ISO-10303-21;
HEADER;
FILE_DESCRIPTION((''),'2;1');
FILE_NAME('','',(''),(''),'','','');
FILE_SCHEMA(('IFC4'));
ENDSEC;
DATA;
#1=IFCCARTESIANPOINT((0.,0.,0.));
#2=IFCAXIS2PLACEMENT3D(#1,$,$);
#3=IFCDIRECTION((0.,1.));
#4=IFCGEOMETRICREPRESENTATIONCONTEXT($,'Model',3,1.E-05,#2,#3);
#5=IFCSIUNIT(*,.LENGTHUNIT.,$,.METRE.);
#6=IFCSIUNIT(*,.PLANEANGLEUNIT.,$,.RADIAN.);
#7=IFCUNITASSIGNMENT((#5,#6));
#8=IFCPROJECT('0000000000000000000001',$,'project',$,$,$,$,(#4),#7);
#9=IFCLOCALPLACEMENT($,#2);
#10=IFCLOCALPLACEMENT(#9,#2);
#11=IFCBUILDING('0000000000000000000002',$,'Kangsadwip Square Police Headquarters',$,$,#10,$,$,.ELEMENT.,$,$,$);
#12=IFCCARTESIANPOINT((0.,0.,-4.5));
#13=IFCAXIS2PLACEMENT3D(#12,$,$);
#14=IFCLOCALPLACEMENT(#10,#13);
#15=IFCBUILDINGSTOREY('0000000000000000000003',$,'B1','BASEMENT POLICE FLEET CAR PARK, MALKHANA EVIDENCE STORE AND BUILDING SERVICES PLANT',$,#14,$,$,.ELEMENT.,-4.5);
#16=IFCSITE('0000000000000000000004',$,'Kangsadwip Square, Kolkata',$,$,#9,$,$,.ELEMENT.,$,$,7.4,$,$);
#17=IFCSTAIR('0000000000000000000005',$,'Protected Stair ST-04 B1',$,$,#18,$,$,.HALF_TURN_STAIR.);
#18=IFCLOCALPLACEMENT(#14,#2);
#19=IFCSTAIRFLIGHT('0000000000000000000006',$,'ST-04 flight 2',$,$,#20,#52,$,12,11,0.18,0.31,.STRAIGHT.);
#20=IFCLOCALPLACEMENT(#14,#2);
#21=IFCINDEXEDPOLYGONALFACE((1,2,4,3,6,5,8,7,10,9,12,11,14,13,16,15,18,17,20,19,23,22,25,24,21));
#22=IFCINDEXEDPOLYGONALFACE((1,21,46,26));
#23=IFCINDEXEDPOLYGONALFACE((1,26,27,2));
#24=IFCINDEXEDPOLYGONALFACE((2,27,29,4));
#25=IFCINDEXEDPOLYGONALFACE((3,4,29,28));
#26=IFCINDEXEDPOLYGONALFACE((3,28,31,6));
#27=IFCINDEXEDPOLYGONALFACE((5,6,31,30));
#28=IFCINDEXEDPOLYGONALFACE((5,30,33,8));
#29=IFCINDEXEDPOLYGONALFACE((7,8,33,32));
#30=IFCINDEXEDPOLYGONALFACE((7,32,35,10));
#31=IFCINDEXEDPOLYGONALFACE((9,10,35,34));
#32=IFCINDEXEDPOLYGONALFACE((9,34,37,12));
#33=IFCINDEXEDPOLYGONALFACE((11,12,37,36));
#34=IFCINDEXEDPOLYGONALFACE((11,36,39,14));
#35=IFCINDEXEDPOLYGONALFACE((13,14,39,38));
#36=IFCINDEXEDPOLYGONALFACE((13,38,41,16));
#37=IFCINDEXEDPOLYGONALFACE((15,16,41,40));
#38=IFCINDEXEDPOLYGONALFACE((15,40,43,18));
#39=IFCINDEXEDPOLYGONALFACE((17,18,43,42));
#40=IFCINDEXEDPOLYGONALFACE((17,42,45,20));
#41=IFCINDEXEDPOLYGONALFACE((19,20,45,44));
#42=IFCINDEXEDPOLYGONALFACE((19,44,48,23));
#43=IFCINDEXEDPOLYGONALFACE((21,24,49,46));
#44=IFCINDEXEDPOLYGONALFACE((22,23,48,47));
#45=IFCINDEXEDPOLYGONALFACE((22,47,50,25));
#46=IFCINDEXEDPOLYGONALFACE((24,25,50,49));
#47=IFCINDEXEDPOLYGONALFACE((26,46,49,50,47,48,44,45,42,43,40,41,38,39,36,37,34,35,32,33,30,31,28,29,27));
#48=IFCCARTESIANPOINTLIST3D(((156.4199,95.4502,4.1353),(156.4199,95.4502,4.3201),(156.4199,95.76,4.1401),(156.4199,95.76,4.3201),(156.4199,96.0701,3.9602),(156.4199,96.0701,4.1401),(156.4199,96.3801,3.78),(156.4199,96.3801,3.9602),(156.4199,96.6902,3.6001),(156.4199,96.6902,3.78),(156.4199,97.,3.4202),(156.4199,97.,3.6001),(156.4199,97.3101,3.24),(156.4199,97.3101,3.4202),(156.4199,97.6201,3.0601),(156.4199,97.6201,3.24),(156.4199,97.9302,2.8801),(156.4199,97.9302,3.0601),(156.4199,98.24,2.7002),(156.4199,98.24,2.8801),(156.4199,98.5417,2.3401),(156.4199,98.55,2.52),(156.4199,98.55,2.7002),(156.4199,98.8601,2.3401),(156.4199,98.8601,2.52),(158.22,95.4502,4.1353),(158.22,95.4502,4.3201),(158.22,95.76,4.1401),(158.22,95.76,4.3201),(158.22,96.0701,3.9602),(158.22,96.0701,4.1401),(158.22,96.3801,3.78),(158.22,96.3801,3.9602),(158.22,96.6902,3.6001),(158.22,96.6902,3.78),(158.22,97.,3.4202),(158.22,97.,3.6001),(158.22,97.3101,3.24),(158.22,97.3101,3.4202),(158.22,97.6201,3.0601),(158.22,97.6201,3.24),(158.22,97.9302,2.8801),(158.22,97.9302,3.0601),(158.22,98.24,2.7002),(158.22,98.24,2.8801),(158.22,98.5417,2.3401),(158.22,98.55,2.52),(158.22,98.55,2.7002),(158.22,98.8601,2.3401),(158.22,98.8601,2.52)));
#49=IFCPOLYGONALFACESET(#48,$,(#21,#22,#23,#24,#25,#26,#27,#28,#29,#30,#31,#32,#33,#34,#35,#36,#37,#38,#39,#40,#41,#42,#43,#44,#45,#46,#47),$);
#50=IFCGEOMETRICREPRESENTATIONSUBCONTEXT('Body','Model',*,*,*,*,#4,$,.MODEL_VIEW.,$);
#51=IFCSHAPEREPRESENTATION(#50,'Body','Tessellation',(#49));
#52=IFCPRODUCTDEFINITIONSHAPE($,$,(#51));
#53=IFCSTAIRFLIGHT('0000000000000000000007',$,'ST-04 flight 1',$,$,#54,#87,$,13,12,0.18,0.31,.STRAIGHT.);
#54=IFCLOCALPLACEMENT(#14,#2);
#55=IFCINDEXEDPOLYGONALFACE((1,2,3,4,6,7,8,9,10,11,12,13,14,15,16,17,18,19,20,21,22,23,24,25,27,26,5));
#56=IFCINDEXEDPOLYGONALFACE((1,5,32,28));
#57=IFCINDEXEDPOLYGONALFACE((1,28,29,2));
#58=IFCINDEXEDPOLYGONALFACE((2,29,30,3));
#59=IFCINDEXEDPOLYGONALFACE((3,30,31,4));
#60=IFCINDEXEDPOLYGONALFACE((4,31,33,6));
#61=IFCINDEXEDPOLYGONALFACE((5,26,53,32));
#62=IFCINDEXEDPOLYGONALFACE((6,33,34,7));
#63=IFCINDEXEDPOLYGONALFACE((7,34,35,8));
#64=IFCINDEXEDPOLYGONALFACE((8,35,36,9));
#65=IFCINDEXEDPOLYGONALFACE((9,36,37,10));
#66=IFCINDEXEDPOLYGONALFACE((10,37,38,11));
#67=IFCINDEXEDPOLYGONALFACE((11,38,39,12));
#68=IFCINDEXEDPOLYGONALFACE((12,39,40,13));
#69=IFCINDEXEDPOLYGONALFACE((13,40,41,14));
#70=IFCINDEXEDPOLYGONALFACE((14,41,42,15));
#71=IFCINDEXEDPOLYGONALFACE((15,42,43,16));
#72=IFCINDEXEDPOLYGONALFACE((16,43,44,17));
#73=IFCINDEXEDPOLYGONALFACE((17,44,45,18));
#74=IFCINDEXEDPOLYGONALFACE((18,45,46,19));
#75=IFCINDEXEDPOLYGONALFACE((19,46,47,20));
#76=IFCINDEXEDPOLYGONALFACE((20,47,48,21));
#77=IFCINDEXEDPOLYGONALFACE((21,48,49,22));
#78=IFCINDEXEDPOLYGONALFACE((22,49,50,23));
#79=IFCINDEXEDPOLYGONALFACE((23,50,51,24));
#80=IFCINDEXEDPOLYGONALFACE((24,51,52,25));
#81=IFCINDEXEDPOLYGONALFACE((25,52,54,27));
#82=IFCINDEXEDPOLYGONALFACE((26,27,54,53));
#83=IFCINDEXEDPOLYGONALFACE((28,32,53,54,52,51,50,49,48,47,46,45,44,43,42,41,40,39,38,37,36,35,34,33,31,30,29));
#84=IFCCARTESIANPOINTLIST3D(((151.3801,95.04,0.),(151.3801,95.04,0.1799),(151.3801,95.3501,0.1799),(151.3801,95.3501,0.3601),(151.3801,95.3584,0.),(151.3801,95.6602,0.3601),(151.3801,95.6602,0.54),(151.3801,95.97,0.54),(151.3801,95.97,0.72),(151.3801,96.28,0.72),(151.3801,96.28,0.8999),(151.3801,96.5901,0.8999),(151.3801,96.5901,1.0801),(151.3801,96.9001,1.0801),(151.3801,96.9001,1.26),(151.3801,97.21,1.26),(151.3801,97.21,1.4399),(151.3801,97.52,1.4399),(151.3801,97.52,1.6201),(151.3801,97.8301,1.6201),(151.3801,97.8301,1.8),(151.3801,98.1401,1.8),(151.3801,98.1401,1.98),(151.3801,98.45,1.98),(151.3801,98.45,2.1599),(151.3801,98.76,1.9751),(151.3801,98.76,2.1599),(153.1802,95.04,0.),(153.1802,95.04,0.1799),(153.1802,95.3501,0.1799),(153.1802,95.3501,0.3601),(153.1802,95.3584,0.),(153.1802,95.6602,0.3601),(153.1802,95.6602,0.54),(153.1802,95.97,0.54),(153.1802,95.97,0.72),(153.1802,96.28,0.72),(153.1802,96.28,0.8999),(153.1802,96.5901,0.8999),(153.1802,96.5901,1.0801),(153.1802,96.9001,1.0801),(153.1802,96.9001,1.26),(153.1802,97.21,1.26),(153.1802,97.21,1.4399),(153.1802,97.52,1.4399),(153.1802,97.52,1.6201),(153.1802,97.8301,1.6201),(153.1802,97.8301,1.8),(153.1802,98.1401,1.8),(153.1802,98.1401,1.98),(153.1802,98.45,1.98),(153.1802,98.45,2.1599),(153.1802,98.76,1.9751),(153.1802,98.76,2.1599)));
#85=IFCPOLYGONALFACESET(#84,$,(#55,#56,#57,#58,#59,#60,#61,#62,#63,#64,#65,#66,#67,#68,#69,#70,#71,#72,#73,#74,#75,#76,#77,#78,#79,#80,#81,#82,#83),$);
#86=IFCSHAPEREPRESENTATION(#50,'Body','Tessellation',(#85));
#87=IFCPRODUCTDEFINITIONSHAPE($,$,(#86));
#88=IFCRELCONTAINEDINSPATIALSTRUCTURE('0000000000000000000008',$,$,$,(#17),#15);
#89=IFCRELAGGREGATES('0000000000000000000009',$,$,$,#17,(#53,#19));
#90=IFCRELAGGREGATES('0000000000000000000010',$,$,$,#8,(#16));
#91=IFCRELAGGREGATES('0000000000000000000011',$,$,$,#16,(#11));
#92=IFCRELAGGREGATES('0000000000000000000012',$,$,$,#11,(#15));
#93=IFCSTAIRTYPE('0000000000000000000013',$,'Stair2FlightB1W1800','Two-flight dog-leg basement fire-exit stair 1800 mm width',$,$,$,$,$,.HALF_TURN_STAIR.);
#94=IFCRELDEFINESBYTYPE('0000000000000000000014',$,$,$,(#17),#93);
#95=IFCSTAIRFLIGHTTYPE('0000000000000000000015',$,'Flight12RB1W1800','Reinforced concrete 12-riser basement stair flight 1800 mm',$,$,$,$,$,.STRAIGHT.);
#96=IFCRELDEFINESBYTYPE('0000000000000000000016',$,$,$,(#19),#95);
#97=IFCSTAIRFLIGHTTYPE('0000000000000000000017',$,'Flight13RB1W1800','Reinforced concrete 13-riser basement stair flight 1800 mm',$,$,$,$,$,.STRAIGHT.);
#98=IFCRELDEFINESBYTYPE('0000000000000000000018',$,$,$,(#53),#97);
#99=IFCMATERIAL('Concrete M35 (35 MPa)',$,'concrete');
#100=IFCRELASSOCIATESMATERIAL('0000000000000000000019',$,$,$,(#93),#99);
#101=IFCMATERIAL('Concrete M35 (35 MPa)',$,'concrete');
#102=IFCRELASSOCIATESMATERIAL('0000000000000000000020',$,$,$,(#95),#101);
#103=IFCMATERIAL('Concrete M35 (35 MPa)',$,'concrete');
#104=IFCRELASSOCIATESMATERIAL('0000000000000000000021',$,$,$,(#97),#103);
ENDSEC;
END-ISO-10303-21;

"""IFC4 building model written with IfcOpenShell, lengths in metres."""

from ifc_helpers import new_model, si_unit, direction, frame, origin, place, context, subcontext, project, spatial, polyline, outline, extrude, material, type_object, element, aggregate, save


model = new_model("IFC4")

# Units and contexts
model_context = context("Model", 3, precision=1e-05, world=origin(), true_north=direction((0.0, 1.0)))
body_context = subcontext(model_context, "Body", "Model", "MODEL_VIEW")
ifc_project = project(units=[si_unit("LENGTHUNIT", "METRE"), si_unit("PLANEANGLEUNIT", "RADIAN")], contexts=[model_context])

# Site, building, storey
site_placement = place(None, origin())
site = spatial("IfcSite", under=ifc_project, at=site_placement, Name="Kangsadwip Square, Kolkata", CompositionType="ELEMENT", RefElevation=7.4)
building_placement = place(site_placement, origin())
building = spatial("IfcBuilding", under=site, at=building_placement, Name="Kangsadwip Square Police Headquarters", CompositionType="ELEMENT")
storey_placement = place(building_placement, frame((0.0, 0.0, -4.5)))
storey = spatial("IfcBuildingStorey", under=building, at=storey_placement, Name="B1", Description="BASEMENT POLICE FLEET CAR PARK, MALKHANA EVIDENCE STORE AND BUILDING SERVICES PLANT", CompositionType="ELEMENT", Elevation=-4.5)

# Stair, stair flights
ifc_material_1 = material(Name="Concrete M35 (35 MPa)", Category="concrete")
stair_type = type_object("IfcStairType", Name="Stair2FlightB1W1800", Description="Two-flight dog-leg basement fire-exit stair 1800 mm width", PredefinedType="HALF_TURN_STAIR", material=ifc_material_1)
stair_placement = place(storey_placement, origin())
stair = element("IfcStair", 1, at=stair_placement, inside=storey, type_object=stair_type, Name="Protected Stair ST-04 B1", PredefinedType="HALF_TURN_STAIR")
ifc_material_2 = material(Name="Concrete M35 (35 MPa)", Category="concrete")
stair_flight_type_1 = type_object("IfcStairFlightType", Name="Flight12RB1W1800", Description="Reinforced concrete 12-riser basement stair flight 1800 mm", PredefinedType="STRAIGHT", material=ifc_material_2)
stair_flight_1_placement = place(storey_placement, frame((157.3201, 98.8601, 2.3401), z_axis=(0.0, 0.0, 1.0), x_axis=(0.0, -1.0, 0.0)))
stair_flight_1 = element("IfcStairFlight", 2, at=stair_flight_1_placement, type_object=stair_flight_type_1, Name="ST-04 flight 2", NumberOfRisers=12, NumberOfTreads=11, PredefinedType="STRAIGHT", RiserHeight=0.18, TreadLength=0.31, context=body_context, shape_type="SweptSolid", body=[
    extrude(outline(polyline([(0.0, 0.0), (0.0, 0.1799), (0.3101, 0.1799), (0.3101, 0.3601), (0.6201, 0.3601), (0.6201, 0.54), (0.9299, 0.54), (0.9299, 0.72), (1.24, 0.72), (1.24, 0.8999), (1.55, 0.8999), (1.55, 1.0801), (1.8601, 1.0801), (1.8601, 1.26), (2.1699, 1.26), (2.1699, 1.4399), (2.48, 1.4399), (2.48, 1.6201), (2.79, 1.6201), (2.79, 1.8), (3.1001, 1.8), (3.1001, 1.98), (3.4099, 1.98), (3.4099, 2.1599), (3.4099, 1.7952), (0.3184, 0.0), (0.0, 0.0)])), frame((0.0, 0.8999, 0.0), z_axis=(0.0, -1.0, 0.0), x_axis=(1.0, 0.0, 0.0)), (0.0, 0.0, 1.0), 1.8),
])
ifc_material_3 = material(Name="Concrete M35 (35 MPa)", Category="concrete")
stair_flight_type_2 = type_object("IfcStairFlightType", Name="Flight13RB1W1800", Description="Reinforced concrete 13-riser basement stair flight 1800 mm", PredefinedType="STRAIGHT", material=ifc_material_3)
stair_flight_2_placement = place(storey_placement, frame((152.28, 95.04, 0.0), z_axis=(0.0, 0.0, 1.0), x_axis=(0.0, 1.0, 0.0)))
stair_flight_2 = element("IfcStairFlight", 3, at=stair_flight_2_placement, type_object=stair_flight_type_2, Name="ST-04 flight 1", NumberOfRisers=13, NumberOfTreads=12, PredefinedType="STRAIGHT", RiserHeight=0.18, TreadLength=0.31, context=body_context, shape_type="SweptSolid", body=[
    extrude(outline(polyline([(0.0, 0.0), (0.0, 0.1799), (0.3101, 0.1799), (0.3101, 0.3601), (0.6201, 0.3601), (0.6201, 0.54), (0.9299, 0.54), (0.9299, 0.72), (1.24, 0.72), (1.24, 0.8999), (1.55, 0.8999), (1.55, 1.0801), (1.8601, 1.0801), (1.8601, 1.26), (2.1699, 1.26), (2.1699, 1.4399), (2.48, 1.4399), (2.48, 1.6201), (2.79, 1.6201), (2.79, 1.8), (3.1001, 1.8), (3.1001, 1.98), (3.4099, 1.98), (3.4099, 2.1599), (3.72, 2.1599), (3.72, 2.3401), (3.72, 1.9751), (0.3184, 0.0), (0.0, 0.0)])), frame((0.0, 0.8999, 0.0), z_axis=(0.0, -1.0, 0.0), x_axis=(1.0, 0.0, 0.0)), (0.0, 0.0, 1.0), 1.8),
])
aggregate(stair, [stair_flight_2, stair_flight_1])

save(model, "model.ifc")
